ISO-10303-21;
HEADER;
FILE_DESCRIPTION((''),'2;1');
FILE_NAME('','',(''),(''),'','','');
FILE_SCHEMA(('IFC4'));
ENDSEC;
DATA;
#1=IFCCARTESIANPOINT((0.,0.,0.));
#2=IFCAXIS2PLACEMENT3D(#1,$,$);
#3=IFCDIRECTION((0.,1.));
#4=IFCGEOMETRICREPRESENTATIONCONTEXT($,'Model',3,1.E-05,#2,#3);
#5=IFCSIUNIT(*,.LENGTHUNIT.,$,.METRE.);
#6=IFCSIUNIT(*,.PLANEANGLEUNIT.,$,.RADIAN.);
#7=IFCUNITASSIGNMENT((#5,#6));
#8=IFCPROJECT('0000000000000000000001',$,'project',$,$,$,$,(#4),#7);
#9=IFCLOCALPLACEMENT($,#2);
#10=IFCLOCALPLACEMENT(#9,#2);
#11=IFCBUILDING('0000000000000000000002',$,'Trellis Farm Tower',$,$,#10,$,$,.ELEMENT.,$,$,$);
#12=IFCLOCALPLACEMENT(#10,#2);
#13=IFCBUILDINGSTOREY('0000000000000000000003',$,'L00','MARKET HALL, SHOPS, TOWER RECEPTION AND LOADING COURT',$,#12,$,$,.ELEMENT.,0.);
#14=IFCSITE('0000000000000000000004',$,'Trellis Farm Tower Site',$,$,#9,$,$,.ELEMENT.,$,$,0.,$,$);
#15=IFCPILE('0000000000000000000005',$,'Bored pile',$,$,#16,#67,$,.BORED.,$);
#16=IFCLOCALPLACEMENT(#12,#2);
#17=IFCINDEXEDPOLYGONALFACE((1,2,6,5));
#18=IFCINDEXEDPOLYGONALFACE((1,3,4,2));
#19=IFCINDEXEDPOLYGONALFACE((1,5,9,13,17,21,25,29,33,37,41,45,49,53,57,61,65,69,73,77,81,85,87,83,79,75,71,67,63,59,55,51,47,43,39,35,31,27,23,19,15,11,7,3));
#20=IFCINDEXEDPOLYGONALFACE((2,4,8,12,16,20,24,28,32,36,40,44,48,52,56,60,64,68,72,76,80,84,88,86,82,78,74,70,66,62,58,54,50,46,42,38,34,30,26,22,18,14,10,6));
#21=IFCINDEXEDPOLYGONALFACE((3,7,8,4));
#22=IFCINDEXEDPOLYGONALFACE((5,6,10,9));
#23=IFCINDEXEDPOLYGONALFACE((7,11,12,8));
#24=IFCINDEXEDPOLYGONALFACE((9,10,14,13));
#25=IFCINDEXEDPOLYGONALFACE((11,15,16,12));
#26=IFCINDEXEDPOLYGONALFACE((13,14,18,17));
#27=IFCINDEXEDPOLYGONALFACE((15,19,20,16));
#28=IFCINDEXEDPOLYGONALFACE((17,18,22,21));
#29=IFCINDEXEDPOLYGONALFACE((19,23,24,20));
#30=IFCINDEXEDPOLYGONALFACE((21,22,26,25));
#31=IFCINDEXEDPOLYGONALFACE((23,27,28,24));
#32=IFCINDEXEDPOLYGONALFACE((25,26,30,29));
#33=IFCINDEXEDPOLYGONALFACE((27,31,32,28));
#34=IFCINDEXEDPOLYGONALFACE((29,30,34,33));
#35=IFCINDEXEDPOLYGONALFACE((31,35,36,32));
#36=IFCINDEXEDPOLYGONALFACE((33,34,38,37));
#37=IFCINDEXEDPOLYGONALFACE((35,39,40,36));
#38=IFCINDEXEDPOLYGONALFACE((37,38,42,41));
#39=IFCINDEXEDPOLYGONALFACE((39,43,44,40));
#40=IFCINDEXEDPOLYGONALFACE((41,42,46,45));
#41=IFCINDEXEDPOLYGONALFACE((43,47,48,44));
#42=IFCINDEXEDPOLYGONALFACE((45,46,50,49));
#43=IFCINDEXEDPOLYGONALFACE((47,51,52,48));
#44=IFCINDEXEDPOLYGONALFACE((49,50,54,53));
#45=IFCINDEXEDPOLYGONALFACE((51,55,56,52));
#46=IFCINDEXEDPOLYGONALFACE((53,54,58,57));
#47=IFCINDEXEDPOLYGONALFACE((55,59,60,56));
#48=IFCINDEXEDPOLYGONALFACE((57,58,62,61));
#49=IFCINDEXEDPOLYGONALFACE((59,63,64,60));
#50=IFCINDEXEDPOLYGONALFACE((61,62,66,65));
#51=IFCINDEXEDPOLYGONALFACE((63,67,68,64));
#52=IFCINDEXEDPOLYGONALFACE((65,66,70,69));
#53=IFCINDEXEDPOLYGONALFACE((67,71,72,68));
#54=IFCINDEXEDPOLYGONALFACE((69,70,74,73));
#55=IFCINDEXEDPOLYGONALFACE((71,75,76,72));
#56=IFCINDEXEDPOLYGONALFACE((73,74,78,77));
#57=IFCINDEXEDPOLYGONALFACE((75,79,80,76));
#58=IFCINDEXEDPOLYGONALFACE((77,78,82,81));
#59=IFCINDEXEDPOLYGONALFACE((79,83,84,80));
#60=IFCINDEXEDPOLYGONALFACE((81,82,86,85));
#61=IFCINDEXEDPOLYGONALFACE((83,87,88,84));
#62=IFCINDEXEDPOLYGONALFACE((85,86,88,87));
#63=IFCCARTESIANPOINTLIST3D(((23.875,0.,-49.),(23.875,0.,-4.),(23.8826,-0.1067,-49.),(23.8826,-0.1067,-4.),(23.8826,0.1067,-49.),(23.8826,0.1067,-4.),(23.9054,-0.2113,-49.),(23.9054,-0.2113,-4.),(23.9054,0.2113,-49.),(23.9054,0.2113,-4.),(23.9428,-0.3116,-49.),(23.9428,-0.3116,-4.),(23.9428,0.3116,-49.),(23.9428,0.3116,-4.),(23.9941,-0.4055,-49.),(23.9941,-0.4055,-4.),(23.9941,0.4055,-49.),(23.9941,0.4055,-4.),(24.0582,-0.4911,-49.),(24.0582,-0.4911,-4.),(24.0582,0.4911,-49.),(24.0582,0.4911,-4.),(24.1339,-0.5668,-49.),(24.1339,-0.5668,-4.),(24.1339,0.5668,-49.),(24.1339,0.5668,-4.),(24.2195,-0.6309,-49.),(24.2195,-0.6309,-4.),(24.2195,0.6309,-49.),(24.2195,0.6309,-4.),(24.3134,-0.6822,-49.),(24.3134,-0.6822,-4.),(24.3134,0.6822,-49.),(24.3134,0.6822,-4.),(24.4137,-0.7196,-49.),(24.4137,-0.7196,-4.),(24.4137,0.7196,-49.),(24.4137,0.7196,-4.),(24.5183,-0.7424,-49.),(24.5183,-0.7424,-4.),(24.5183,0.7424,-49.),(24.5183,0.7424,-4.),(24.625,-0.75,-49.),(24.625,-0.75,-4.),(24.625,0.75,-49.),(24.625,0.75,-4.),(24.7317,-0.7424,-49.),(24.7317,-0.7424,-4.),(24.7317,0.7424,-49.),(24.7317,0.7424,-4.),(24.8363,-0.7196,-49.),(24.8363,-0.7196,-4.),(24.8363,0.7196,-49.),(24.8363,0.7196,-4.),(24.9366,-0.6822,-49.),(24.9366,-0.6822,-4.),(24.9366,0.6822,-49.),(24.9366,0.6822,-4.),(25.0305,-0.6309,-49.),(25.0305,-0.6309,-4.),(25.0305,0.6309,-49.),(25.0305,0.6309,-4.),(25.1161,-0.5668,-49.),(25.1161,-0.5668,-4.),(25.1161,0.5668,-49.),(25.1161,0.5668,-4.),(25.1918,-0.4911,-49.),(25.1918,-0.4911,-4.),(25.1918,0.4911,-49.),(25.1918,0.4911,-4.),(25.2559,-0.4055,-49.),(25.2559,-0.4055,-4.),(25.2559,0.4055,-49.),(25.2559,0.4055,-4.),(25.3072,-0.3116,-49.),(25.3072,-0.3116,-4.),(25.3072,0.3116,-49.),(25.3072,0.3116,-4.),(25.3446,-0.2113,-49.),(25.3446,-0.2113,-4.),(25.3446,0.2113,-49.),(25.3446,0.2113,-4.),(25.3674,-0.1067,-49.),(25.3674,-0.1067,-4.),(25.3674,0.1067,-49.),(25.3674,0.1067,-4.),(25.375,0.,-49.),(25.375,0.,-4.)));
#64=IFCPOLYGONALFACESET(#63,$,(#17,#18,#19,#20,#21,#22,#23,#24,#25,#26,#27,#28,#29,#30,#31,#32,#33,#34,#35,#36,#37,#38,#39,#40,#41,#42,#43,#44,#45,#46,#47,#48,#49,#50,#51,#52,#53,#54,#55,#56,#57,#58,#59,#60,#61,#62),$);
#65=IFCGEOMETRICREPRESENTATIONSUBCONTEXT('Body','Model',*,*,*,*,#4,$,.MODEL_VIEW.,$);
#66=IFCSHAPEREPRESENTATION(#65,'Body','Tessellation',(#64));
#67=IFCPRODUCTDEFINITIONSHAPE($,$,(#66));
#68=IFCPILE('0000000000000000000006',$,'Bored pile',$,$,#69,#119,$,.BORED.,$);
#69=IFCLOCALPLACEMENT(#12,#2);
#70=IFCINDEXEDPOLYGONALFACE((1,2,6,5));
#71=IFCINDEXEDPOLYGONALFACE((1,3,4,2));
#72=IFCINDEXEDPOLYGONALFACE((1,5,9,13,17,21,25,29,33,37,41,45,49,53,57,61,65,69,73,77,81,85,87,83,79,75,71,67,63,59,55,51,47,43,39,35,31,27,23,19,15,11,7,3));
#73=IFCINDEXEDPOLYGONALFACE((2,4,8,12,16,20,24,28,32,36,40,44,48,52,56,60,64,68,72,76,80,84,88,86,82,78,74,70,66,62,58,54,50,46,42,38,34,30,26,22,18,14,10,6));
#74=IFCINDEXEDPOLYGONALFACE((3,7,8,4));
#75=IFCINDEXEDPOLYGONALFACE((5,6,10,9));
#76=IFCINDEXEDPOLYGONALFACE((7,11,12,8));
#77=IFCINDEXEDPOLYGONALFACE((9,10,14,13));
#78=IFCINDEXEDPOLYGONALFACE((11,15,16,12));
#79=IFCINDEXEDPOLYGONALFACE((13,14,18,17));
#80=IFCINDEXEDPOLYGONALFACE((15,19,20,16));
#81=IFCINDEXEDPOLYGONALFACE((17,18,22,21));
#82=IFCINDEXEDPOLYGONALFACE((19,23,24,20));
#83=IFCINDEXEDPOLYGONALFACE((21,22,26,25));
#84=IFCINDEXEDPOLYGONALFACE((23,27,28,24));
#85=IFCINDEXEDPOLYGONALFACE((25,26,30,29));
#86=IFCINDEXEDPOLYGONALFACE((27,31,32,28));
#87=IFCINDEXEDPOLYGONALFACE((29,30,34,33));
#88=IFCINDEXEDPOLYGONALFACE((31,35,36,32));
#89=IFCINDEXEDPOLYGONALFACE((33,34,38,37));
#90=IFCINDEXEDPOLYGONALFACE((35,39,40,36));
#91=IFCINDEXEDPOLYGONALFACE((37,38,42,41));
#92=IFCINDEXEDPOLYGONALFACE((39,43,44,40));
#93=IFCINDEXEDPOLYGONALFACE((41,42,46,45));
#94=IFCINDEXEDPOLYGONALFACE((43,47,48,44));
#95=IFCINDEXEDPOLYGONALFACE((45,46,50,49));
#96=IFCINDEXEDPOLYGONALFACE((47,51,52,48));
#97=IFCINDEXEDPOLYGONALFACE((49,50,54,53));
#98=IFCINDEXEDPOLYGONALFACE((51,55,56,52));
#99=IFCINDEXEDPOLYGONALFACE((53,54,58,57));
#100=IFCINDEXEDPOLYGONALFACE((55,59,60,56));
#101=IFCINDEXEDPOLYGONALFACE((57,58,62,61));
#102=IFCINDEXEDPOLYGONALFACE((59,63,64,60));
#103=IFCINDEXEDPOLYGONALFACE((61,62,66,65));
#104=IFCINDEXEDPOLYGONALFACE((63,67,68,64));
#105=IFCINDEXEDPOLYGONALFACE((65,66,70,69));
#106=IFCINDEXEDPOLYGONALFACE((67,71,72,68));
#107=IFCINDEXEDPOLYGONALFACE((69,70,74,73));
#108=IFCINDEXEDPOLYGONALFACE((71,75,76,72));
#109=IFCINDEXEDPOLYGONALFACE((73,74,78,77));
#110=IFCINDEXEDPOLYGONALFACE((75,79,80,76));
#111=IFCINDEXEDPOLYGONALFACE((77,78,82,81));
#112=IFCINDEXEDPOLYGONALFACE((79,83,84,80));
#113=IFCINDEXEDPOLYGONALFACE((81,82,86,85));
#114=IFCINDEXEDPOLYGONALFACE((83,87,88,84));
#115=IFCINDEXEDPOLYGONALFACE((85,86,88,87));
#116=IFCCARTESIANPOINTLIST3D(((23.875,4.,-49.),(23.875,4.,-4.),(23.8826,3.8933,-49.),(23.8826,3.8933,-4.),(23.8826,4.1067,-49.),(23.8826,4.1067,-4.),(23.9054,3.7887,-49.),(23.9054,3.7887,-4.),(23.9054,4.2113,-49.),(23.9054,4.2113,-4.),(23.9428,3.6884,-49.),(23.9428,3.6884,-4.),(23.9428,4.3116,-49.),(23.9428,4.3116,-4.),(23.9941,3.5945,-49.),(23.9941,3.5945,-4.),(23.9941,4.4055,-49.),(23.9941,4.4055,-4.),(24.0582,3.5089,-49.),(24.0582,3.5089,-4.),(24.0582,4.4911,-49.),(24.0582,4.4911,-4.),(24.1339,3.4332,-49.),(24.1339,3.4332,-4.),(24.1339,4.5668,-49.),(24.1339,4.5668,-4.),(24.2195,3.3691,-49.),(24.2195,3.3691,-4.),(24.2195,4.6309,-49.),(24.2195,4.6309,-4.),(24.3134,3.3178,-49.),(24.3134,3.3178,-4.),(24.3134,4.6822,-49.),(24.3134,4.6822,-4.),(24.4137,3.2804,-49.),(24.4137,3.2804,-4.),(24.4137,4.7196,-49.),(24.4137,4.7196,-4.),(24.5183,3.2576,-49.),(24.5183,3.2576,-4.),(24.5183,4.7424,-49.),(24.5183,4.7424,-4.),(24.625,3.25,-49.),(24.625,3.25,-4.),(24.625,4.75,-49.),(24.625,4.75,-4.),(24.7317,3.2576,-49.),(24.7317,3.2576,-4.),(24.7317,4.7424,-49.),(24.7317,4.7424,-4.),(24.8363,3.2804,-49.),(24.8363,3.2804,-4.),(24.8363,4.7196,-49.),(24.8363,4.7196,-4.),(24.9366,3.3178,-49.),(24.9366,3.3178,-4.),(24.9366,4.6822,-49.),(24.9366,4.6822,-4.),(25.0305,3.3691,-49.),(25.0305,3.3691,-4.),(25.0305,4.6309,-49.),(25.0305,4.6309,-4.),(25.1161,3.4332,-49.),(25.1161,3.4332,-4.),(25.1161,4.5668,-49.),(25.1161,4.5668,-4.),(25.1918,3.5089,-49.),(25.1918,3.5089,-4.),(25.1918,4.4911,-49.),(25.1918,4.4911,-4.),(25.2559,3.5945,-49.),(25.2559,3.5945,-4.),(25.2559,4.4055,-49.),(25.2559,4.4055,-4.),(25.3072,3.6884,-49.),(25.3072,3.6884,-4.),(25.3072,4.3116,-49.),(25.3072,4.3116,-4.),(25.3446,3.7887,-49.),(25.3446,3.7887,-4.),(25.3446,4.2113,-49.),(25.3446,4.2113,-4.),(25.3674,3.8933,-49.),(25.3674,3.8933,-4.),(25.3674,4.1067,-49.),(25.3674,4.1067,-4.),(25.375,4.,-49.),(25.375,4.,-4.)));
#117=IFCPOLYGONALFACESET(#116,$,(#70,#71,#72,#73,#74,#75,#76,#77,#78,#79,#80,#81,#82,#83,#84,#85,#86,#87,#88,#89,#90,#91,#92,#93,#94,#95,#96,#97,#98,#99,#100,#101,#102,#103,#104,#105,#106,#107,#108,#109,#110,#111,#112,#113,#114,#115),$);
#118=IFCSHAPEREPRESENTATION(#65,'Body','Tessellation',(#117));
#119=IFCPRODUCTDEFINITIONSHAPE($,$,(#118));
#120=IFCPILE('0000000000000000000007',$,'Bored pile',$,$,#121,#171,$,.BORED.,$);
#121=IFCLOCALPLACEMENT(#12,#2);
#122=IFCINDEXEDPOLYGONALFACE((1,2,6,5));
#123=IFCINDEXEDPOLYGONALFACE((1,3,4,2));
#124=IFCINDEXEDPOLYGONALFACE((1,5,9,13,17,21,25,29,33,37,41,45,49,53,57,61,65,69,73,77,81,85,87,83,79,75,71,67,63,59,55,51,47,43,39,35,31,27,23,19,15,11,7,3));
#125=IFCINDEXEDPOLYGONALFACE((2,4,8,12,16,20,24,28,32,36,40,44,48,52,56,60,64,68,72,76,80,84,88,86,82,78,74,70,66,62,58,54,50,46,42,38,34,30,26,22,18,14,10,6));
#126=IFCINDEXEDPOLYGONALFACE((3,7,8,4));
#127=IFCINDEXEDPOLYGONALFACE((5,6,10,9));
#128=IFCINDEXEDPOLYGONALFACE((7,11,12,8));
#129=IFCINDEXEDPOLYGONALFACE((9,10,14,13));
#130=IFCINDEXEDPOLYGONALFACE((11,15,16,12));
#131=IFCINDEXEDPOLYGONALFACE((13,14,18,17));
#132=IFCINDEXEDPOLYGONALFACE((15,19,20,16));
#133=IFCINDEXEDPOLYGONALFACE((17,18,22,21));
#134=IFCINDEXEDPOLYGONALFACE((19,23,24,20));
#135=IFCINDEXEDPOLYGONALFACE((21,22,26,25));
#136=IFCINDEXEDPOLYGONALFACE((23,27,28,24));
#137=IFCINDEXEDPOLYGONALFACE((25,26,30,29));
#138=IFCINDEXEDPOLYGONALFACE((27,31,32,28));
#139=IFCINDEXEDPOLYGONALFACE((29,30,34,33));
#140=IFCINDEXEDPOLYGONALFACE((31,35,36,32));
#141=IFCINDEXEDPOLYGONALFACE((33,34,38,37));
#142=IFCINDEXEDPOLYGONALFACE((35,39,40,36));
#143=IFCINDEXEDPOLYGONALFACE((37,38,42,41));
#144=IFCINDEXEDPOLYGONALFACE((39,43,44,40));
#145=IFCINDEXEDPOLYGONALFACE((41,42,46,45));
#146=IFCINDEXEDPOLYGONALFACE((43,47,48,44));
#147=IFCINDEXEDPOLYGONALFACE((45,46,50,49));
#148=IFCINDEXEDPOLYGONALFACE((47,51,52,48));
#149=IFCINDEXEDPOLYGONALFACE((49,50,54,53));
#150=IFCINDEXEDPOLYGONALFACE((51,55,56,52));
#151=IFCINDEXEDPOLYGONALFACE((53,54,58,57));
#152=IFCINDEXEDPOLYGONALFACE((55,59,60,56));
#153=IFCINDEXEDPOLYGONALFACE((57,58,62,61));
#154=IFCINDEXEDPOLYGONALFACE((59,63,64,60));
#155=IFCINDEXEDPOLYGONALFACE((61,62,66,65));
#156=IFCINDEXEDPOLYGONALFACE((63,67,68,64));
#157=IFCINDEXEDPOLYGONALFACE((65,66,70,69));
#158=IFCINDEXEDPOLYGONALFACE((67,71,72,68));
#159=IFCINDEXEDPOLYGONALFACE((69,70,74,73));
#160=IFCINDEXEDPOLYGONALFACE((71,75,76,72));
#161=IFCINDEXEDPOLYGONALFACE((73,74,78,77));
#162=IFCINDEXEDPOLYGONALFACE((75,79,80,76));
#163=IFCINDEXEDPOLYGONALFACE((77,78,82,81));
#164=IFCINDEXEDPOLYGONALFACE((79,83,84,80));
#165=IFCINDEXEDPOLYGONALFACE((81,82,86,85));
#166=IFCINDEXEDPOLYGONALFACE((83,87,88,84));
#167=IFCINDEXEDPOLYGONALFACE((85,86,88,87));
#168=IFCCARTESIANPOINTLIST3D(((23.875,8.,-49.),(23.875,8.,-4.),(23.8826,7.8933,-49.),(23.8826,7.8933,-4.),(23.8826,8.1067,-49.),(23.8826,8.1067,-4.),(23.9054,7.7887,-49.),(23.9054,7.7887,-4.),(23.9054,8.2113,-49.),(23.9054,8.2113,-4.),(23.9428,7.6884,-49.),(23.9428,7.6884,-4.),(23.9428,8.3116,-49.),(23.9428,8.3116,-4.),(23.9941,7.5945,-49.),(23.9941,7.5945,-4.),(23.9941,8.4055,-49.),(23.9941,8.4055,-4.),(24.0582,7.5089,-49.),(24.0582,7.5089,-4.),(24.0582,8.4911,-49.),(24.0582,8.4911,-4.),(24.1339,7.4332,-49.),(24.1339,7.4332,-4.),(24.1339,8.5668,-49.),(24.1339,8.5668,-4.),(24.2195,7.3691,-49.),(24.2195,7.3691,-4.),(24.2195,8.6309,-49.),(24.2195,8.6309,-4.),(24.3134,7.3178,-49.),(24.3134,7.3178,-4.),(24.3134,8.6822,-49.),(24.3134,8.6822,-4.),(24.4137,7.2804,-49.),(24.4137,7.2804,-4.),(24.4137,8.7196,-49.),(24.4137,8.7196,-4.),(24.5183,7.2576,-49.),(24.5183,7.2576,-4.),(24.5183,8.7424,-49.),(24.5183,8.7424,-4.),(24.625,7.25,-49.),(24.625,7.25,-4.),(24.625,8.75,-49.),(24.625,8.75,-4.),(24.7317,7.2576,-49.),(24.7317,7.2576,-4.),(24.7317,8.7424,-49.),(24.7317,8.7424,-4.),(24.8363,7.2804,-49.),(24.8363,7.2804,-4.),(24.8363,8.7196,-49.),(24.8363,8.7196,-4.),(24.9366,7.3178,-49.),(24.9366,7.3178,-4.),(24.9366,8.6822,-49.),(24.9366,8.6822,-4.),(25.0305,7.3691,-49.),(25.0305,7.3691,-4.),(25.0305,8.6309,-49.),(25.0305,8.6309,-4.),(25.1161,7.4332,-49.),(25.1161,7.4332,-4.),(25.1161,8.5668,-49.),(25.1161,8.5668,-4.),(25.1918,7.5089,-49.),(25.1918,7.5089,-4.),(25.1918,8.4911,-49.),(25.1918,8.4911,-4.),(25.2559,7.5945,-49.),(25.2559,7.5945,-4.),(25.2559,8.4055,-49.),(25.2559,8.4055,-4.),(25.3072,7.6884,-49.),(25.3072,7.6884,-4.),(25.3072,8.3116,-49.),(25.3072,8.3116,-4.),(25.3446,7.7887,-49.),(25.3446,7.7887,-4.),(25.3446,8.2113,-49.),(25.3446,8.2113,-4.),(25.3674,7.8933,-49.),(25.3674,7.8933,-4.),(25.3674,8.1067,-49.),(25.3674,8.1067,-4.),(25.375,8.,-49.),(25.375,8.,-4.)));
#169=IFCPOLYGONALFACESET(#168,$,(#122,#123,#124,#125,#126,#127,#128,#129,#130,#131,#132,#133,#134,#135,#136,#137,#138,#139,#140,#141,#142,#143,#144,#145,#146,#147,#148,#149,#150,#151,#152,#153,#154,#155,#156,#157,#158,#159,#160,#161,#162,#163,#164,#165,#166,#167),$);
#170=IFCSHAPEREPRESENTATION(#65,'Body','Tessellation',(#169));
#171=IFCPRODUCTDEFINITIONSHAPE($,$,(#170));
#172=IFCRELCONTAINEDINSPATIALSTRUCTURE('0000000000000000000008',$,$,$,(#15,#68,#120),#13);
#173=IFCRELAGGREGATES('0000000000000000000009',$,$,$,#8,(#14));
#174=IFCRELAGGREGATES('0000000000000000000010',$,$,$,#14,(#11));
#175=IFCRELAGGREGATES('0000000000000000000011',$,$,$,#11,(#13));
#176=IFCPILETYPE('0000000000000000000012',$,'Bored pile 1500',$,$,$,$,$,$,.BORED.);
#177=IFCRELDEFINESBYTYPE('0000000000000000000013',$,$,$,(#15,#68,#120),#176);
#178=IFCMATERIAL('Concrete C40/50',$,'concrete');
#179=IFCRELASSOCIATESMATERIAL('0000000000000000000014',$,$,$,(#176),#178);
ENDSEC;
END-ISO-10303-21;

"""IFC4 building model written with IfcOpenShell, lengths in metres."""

from ifc_helpers import new_model, si_unit, direction, frame, origin, origin_2d, place, context, subcontext, project, spatial, circle, extrude, source, transform, mapped, material, material_profile, profile_set, type_object, element, save


model = new_model("IFC4")

# Units and contexts
model_context = context("Model", 3, precision=1e-05, world=origin(), true_north=direction((0.0, 1.0)))
body_context = subcontext(model_context, "Body", "Model", "MODEL_VIEW")
ifc_project = project(units=[si_unit("LENGTHUNIT", "METRE"), si_unit("PLANEANGLEUNIT", "RADIAN")], contexts=[model_context])

# Site, building, storey
site_placement = place(None, origin())
site = spatial("IfcSite", under=ifc_project, at=site_placement, Name="Trellis Farm Tower Site", CompositionType="ELEMENT", RefElevation=0.0)
building_placement = place(site_placement, origin())
building = spatial("IfcBuilding", under=site, at=building_placement, Name="Trellis Farm Tower", CompositionType="ELEMENT")
storey_placement = place(building_placement, origin())
storey = spatial("IfcBuildingStorey", under=building, at=storey_placement, Name="L00", Description="MARKET HALL, SHOPS, TOWER RECEPTION AND LOADING COURT", CompositionType="ELEMENT", Elevation=0.0)

# Piles
ifc_material_1 = material(Name="Concrete C40/50", Category="concrete")
ifc_material_profile_1 = material_profile(ifc_material_1, circle(Radius=0.75, at=origin_2d()), Name="Bored pile 1500")
ifc_profile_set_1 = profile_set([ifc_material_profile_1], Name="Concrete C40/50")
pile_type = type_object("IfcPileType", Name="Bored pile 1500", PredefinedType="BORED", material=ifc_profile_set_1)
shared_shape_1 = source(origin(), body_context, "Body", "SweptSolid", [
    extrude(circle(Radius=0.75, at=origin_2d()), origin(), (0.0, 0.0, 1.0), 45.0),
])
for number, where, z_axis, x_axis, name in (
    (1, (24.625, 0.0, -4.0), (0.0, 0.0, -1.0), (1.0, 0.0, 0.0), "Bored pile"),
    (2, (24.625, 4.0, -4.0), (0.0, 0.0, -1.0), (1.0, 0.0, 0.0), "Bored pile"),
    (3, (24.625, 8.0, -4.0), (0.0, 0.0, -1.0), (1.0, 0.0, 0.0), "Bored pile"),
):
    element("IfcPile", number, at=place(storey_placement, frame(where, z_axis=z_axis, x_axis=x_axis)), inside=storey, type_object=pile_type, Name=name, PredefinedType="BORED", context=body_context, shape_type="MappedRepresentation", body=[
        mapped(shared_shape_1, transform((0.0, 0.0, 0.0))),
    ])

save(model, "model.ifc")
